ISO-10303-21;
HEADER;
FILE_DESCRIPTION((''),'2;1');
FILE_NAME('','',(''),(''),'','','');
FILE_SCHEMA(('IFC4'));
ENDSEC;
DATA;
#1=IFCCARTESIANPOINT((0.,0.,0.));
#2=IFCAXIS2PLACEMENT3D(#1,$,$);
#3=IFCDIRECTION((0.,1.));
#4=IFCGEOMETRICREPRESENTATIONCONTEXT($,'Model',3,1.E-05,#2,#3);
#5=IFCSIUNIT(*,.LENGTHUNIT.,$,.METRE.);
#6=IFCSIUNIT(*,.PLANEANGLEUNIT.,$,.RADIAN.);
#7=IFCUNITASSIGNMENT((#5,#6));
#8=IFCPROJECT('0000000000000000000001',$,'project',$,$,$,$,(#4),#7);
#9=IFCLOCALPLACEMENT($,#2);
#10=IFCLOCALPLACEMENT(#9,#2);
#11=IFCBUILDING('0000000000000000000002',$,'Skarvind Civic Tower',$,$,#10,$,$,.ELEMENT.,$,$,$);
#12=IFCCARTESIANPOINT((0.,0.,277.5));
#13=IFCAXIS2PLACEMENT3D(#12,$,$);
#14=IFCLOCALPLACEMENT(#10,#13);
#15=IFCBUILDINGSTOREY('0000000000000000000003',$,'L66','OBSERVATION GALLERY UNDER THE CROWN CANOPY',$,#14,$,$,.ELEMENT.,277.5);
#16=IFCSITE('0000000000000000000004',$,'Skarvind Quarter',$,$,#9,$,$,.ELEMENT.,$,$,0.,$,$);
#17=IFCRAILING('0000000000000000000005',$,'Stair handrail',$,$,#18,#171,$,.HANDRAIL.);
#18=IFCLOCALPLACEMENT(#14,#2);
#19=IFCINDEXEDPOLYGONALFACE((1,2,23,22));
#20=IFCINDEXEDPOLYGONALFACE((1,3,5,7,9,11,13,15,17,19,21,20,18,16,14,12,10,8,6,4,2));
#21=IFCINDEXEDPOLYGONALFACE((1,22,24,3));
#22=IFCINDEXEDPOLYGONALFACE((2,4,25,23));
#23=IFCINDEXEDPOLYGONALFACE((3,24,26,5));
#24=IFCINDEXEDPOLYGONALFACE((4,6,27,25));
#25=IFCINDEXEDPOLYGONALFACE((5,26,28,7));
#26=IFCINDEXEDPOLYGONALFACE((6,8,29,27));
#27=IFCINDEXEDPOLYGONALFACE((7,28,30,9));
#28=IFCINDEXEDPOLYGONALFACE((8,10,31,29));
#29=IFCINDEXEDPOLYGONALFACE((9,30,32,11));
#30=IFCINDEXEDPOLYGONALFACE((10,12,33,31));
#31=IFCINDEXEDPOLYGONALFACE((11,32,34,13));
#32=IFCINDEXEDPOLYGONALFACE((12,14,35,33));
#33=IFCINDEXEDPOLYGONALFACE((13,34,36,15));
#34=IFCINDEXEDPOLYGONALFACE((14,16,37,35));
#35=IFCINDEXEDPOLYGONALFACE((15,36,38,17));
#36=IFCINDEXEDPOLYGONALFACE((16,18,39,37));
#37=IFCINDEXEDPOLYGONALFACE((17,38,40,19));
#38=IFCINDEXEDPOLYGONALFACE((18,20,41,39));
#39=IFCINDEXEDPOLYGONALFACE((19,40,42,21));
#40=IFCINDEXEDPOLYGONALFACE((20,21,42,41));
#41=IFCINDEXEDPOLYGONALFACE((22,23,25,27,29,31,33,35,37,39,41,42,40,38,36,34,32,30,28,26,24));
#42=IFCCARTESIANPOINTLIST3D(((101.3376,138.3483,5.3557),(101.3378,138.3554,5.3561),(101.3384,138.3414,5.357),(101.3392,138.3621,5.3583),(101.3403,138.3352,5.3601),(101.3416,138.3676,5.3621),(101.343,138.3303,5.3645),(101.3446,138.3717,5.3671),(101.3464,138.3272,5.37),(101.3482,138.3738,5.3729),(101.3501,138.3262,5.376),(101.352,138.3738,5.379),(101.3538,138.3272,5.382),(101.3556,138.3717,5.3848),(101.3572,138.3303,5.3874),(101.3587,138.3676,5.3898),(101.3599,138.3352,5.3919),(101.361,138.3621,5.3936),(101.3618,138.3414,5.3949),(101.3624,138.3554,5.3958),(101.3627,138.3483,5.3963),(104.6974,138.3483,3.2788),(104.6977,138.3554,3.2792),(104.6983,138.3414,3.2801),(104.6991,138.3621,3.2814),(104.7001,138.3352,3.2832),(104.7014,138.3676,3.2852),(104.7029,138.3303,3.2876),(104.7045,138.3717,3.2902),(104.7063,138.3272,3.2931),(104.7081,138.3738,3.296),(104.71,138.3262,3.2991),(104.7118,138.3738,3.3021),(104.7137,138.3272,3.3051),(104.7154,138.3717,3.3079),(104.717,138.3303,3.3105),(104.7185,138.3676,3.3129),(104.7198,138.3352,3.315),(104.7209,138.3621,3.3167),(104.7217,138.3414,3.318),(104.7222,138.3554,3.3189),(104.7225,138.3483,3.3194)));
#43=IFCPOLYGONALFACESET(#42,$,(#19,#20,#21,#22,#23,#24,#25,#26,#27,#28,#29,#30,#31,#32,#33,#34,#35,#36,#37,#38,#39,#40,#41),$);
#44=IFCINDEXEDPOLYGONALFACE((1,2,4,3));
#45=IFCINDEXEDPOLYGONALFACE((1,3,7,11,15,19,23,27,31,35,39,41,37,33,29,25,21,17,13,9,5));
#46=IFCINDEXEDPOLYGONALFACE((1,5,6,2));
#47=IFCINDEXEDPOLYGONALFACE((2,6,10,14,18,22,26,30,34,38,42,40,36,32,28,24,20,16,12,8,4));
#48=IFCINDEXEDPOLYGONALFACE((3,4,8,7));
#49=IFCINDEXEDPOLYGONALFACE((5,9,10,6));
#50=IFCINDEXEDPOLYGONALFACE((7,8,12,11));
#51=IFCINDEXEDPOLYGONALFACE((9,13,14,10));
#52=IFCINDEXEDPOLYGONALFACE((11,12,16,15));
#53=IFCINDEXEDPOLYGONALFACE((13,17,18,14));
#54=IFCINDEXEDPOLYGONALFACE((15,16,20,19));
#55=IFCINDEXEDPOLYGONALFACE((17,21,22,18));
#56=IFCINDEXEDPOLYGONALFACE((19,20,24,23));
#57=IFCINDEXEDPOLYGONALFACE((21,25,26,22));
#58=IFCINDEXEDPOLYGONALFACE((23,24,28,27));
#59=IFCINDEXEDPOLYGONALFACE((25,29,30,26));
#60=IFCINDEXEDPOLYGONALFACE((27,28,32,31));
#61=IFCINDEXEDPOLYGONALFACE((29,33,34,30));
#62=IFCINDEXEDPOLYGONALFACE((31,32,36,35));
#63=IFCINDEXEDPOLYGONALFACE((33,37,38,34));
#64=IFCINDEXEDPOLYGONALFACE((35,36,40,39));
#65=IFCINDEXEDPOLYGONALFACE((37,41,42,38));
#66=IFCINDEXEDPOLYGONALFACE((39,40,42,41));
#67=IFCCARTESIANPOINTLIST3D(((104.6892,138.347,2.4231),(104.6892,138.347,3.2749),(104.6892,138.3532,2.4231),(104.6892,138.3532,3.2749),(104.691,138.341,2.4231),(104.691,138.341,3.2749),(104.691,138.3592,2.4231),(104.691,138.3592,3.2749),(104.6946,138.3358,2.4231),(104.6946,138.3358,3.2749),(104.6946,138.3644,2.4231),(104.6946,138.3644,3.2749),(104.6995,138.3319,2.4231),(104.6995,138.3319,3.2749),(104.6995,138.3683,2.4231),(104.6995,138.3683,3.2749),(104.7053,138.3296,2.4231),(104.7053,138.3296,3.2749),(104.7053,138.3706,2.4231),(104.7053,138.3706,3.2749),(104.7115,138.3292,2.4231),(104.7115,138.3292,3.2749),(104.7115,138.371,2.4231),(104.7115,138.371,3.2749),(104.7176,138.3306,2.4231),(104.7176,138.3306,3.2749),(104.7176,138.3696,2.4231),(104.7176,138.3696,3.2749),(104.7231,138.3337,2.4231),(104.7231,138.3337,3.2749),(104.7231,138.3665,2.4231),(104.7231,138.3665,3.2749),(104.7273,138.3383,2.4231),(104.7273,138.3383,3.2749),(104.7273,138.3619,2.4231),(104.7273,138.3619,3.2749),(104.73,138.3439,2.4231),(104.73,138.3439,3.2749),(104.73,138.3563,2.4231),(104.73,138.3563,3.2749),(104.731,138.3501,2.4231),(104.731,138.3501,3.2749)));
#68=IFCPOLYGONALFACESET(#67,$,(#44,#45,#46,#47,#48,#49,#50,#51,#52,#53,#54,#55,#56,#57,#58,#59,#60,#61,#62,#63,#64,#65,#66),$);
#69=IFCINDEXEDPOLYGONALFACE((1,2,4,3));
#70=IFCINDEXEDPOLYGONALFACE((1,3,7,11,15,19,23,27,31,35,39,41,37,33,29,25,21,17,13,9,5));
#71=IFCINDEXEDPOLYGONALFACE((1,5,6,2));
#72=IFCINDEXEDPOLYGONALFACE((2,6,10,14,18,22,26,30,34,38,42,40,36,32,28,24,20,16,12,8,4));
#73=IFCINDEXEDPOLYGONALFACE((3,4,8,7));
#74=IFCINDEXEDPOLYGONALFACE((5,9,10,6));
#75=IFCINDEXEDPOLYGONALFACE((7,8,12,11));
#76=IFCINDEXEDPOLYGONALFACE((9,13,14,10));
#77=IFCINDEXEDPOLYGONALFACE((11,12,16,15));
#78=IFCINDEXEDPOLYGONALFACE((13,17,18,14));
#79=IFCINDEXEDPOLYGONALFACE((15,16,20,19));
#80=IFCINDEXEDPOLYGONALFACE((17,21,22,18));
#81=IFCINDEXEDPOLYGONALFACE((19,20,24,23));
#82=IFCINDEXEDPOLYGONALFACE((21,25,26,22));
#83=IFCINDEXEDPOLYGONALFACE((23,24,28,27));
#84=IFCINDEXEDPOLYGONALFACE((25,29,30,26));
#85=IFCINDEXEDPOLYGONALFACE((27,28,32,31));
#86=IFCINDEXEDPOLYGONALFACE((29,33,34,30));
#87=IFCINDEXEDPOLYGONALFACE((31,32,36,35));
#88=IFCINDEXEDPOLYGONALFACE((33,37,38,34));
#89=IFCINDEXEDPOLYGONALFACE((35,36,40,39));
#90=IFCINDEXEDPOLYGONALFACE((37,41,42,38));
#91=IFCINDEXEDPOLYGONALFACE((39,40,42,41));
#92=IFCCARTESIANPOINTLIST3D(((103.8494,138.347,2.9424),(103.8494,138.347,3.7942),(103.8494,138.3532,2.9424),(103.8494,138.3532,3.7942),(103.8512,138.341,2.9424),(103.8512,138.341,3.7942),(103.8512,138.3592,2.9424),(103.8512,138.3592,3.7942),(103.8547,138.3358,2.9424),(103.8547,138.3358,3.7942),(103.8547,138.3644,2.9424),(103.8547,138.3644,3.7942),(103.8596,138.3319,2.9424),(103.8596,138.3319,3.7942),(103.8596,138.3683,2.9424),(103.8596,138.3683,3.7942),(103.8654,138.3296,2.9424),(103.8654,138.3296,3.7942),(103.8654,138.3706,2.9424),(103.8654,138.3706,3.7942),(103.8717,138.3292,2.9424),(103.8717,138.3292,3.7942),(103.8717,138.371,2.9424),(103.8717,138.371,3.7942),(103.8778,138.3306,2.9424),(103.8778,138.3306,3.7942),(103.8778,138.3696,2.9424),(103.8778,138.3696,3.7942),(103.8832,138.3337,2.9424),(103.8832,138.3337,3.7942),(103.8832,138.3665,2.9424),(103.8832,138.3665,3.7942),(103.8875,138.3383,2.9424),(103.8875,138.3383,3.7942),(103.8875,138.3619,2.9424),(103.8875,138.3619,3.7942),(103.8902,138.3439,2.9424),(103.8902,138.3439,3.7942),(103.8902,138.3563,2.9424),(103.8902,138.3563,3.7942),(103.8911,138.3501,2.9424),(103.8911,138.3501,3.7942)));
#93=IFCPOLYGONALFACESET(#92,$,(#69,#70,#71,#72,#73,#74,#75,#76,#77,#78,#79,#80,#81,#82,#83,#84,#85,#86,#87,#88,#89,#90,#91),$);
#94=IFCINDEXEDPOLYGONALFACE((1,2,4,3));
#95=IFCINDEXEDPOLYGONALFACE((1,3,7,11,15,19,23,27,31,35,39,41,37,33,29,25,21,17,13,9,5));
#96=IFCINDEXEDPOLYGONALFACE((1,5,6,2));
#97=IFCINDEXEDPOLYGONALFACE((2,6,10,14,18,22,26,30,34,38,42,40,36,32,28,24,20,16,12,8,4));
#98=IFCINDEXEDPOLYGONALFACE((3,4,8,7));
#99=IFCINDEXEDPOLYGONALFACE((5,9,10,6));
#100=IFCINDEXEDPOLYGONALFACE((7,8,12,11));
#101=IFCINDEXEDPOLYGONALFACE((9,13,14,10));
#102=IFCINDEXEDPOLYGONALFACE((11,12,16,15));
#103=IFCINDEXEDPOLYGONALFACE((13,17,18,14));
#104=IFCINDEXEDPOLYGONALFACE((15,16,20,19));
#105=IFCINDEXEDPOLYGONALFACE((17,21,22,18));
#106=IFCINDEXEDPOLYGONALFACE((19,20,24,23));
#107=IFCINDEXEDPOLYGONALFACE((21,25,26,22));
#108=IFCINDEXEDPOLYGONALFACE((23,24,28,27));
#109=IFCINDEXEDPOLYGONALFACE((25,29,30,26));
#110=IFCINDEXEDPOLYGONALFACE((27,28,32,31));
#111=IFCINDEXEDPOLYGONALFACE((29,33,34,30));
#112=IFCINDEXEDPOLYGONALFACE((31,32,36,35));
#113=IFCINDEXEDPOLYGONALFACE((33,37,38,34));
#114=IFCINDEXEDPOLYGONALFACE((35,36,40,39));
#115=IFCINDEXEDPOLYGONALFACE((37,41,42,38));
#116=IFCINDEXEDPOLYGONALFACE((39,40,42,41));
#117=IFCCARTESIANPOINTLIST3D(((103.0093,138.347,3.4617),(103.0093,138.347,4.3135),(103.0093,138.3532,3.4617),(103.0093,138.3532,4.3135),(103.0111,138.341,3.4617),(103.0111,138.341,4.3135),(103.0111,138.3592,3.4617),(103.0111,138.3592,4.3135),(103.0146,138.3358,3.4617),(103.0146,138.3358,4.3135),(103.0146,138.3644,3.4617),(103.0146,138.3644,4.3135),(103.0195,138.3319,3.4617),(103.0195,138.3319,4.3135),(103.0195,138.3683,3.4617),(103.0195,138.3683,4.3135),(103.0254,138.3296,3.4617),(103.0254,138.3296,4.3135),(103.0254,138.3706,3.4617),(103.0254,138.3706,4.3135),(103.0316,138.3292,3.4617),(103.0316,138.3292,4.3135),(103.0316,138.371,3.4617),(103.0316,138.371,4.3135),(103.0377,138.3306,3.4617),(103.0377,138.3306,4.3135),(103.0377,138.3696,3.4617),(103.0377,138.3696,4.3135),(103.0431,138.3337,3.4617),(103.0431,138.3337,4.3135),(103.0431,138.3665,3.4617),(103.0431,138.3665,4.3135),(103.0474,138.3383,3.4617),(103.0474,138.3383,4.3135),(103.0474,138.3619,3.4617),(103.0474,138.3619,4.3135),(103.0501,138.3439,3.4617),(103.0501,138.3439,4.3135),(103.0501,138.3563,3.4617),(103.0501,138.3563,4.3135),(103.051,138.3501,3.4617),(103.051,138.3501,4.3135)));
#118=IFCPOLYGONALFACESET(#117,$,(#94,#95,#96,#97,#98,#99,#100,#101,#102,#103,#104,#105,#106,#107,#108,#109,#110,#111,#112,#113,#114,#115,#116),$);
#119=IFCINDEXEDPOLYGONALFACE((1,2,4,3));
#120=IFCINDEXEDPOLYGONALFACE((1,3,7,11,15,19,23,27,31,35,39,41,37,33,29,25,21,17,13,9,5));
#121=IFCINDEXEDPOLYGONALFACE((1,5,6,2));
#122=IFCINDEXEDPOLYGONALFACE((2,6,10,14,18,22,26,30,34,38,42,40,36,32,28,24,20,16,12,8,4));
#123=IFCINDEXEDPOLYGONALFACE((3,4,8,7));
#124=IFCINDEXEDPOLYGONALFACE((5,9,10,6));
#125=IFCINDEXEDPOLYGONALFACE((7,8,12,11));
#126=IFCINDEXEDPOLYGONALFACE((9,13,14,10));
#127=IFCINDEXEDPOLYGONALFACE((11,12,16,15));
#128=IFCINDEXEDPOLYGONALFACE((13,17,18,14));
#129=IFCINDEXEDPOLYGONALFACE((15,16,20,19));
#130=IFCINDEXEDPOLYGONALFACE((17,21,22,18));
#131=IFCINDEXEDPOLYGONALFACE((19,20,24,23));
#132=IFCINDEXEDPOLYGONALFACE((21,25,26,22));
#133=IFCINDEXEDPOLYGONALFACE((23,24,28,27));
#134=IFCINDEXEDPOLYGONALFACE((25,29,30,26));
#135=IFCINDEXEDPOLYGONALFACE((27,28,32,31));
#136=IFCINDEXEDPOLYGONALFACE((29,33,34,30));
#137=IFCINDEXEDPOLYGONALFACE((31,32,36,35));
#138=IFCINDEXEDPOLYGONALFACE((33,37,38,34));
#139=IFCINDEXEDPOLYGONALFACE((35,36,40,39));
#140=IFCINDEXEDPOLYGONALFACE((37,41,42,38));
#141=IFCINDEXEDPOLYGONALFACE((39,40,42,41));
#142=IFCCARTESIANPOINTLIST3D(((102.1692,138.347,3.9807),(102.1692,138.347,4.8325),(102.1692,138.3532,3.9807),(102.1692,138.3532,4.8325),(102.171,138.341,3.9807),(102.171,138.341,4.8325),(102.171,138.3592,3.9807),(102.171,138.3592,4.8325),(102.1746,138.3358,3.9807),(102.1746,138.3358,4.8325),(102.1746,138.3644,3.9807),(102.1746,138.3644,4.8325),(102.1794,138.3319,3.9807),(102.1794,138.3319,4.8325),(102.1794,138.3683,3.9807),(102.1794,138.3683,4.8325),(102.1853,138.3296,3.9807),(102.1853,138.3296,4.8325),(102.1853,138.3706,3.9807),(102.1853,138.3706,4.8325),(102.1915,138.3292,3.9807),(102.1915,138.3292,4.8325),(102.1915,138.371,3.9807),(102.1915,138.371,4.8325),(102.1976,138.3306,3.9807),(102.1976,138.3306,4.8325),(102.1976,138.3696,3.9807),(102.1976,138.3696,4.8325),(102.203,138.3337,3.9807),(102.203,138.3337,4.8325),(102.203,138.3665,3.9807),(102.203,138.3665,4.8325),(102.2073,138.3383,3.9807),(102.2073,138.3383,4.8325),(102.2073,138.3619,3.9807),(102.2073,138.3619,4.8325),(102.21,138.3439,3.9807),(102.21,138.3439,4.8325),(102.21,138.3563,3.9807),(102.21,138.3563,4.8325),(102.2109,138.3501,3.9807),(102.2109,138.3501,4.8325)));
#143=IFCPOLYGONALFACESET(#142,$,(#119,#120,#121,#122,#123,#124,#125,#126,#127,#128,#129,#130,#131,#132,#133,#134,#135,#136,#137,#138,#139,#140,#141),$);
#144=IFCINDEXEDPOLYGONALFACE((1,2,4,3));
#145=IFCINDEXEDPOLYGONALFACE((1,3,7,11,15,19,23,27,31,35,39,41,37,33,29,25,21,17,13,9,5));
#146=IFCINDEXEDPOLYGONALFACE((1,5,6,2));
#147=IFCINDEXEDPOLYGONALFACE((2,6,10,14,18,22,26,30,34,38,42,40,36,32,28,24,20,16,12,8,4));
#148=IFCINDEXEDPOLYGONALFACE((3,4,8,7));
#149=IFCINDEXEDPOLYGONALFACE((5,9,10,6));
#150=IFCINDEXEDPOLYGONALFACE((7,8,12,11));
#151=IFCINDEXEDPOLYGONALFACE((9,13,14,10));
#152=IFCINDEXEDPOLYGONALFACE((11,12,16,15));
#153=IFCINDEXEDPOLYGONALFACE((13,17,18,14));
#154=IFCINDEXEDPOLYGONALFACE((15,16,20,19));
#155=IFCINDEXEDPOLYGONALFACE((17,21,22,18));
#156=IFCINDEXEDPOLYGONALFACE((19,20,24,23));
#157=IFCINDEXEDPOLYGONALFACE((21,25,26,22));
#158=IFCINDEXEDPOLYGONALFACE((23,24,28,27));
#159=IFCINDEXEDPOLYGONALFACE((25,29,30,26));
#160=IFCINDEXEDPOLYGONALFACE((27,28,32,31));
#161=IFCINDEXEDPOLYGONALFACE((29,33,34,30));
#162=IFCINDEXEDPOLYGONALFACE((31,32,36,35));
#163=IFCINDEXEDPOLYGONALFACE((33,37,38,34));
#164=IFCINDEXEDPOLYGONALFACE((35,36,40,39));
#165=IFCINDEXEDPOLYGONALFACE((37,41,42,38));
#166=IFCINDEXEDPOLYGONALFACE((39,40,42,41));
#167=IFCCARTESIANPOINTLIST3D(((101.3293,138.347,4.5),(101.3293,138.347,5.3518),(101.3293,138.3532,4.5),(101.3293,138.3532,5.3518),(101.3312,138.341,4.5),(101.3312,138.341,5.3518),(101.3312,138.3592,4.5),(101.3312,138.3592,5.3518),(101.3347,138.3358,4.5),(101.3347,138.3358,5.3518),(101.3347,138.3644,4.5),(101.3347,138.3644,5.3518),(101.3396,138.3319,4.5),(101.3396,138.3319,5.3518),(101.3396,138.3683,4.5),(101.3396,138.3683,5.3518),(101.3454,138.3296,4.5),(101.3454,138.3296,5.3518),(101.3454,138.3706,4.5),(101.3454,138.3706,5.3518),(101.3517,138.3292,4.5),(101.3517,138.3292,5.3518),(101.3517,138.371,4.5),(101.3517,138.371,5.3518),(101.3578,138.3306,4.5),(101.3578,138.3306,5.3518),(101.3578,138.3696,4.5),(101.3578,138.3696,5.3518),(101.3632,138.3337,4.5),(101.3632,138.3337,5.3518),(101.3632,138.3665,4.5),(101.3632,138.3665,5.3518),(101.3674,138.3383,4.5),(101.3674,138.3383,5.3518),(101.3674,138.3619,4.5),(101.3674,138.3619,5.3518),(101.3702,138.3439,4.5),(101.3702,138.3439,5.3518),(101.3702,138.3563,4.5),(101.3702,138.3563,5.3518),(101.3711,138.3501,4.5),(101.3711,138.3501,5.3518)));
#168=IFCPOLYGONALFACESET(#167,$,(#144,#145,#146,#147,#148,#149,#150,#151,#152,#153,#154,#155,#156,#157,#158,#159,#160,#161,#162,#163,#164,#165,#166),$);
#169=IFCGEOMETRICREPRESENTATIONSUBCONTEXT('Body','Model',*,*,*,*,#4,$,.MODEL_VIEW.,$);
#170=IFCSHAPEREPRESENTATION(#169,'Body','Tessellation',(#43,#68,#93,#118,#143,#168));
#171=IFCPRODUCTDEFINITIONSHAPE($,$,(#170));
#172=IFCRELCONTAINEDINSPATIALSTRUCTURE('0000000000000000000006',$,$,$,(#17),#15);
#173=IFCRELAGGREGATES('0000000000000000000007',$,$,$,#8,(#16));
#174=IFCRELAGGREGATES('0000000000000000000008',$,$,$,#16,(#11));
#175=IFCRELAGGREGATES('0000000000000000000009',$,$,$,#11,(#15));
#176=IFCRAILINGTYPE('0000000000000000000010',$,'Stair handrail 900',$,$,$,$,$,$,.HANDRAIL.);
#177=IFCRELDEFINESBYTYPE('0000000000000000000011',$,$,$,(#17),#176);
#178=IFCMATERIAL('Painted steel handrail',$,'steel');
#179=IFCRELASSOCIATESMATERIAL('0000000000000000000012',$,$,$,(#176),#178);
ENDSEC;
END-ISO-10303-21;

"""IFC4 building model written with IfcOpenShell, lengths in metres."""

from ifc_helpers import new_model, si_unit, direction, frame, origin, origin_2d, place, context, subcontext, project, spatial, circle, extrude, material, type_object, element, save


model = new_model("IFC4")

# Units and contexts
model_context = context("Model", 3, precision=1e-05, world=origin(), true_north=direction((0.0, 1.0)))
body_context = subcontext(model_context, "Body", "Model", "MODEL_VIEW")
ifc_project = project(units=[si_unit("LENGTHUNIT", "METRE"), si_unit("PLANEANGLEUNIT", "RADIAN")], contexts=[model_context])

# Site, building, storey
site_placement = place(None, origin())
site = spatial("IfcSite", under=ifc_project, at=site_placement, Name="Skarvind Quarter", CompositionType="ELEMENT", RefElevation=0.0)
building_placement = place(site_placement, origin())
building = spatial("IfcBuilding", under=site, at=building_placement, Name="Skarvind Civic Tower", CompositionType="ELEMENT")
storey_placement = place(building_placement, frame((0.0, 0.0, 277.5)))
storey = spatial("IfcBuildingStorey", under=building, at=storey_placement, Name="L66", Description="OBSERVATION GALLERY UNDER THE CROWN CANOPY", CompositionType="ELEMENT", Elevation=277.5)

# Railing
ifc_material_1 = material(Name="Painted steel handrail", Category="steel")
railing_type = type_object("IfcRailingType", Name="Stair handrail 900", PredefinedType="HANDRAIL", material=ifc_material_1)
railing_1_placement = place(storey_placement, frame((104.71, 138.3501, 2.4231)))
element("IfcRailing", 1, at=railing_1_placement, inside=storey, type_object=railing_type, Name="Stair handrail", PredefinedType="HANDRAIL", context=body_context, shape_type="SweptSolid", body=[
    extrude(circle(Radius=0.0239, at=origin_2d()), frame((0.0, 0.0, 0.876), z_axis=(-0.850606, 0.0, 0.525803), x_axis=(0.0, -1.0, 0.0)), (0.0, 0.0, 1.0), 3.95),
    extrude(circle(Radius=0.021, at=origin_2d()), origin(), (0.0, 0.0, 1.0), 0.8518),
    extrude(circle(Radius=0.021, at=origin_2d()), frame((-0.8398, 0.0, 0.5193)), (0.0, 0.0, 1.0), 0.8518),
    extrude(circle(Radius=0.021, at=origin_2d()), frame((-1.6799, 0.0, 1.0386)), (0.0, 0.0, 1.0), 0.8518),
    extrude(circle(Radius=0.021, at=origin_2d()), frame((-2.52, 0.0, 1.5576)), (0.0, 0.0, 1.0), 0.8518),
    extrude(circle(Radius=0.021, at=origin_2d()), frame((-3.3599, 0.0, 2.0769)), (0.0, 0.0, 1.0), 0.8518),
])

save(model, "model.ifc")
